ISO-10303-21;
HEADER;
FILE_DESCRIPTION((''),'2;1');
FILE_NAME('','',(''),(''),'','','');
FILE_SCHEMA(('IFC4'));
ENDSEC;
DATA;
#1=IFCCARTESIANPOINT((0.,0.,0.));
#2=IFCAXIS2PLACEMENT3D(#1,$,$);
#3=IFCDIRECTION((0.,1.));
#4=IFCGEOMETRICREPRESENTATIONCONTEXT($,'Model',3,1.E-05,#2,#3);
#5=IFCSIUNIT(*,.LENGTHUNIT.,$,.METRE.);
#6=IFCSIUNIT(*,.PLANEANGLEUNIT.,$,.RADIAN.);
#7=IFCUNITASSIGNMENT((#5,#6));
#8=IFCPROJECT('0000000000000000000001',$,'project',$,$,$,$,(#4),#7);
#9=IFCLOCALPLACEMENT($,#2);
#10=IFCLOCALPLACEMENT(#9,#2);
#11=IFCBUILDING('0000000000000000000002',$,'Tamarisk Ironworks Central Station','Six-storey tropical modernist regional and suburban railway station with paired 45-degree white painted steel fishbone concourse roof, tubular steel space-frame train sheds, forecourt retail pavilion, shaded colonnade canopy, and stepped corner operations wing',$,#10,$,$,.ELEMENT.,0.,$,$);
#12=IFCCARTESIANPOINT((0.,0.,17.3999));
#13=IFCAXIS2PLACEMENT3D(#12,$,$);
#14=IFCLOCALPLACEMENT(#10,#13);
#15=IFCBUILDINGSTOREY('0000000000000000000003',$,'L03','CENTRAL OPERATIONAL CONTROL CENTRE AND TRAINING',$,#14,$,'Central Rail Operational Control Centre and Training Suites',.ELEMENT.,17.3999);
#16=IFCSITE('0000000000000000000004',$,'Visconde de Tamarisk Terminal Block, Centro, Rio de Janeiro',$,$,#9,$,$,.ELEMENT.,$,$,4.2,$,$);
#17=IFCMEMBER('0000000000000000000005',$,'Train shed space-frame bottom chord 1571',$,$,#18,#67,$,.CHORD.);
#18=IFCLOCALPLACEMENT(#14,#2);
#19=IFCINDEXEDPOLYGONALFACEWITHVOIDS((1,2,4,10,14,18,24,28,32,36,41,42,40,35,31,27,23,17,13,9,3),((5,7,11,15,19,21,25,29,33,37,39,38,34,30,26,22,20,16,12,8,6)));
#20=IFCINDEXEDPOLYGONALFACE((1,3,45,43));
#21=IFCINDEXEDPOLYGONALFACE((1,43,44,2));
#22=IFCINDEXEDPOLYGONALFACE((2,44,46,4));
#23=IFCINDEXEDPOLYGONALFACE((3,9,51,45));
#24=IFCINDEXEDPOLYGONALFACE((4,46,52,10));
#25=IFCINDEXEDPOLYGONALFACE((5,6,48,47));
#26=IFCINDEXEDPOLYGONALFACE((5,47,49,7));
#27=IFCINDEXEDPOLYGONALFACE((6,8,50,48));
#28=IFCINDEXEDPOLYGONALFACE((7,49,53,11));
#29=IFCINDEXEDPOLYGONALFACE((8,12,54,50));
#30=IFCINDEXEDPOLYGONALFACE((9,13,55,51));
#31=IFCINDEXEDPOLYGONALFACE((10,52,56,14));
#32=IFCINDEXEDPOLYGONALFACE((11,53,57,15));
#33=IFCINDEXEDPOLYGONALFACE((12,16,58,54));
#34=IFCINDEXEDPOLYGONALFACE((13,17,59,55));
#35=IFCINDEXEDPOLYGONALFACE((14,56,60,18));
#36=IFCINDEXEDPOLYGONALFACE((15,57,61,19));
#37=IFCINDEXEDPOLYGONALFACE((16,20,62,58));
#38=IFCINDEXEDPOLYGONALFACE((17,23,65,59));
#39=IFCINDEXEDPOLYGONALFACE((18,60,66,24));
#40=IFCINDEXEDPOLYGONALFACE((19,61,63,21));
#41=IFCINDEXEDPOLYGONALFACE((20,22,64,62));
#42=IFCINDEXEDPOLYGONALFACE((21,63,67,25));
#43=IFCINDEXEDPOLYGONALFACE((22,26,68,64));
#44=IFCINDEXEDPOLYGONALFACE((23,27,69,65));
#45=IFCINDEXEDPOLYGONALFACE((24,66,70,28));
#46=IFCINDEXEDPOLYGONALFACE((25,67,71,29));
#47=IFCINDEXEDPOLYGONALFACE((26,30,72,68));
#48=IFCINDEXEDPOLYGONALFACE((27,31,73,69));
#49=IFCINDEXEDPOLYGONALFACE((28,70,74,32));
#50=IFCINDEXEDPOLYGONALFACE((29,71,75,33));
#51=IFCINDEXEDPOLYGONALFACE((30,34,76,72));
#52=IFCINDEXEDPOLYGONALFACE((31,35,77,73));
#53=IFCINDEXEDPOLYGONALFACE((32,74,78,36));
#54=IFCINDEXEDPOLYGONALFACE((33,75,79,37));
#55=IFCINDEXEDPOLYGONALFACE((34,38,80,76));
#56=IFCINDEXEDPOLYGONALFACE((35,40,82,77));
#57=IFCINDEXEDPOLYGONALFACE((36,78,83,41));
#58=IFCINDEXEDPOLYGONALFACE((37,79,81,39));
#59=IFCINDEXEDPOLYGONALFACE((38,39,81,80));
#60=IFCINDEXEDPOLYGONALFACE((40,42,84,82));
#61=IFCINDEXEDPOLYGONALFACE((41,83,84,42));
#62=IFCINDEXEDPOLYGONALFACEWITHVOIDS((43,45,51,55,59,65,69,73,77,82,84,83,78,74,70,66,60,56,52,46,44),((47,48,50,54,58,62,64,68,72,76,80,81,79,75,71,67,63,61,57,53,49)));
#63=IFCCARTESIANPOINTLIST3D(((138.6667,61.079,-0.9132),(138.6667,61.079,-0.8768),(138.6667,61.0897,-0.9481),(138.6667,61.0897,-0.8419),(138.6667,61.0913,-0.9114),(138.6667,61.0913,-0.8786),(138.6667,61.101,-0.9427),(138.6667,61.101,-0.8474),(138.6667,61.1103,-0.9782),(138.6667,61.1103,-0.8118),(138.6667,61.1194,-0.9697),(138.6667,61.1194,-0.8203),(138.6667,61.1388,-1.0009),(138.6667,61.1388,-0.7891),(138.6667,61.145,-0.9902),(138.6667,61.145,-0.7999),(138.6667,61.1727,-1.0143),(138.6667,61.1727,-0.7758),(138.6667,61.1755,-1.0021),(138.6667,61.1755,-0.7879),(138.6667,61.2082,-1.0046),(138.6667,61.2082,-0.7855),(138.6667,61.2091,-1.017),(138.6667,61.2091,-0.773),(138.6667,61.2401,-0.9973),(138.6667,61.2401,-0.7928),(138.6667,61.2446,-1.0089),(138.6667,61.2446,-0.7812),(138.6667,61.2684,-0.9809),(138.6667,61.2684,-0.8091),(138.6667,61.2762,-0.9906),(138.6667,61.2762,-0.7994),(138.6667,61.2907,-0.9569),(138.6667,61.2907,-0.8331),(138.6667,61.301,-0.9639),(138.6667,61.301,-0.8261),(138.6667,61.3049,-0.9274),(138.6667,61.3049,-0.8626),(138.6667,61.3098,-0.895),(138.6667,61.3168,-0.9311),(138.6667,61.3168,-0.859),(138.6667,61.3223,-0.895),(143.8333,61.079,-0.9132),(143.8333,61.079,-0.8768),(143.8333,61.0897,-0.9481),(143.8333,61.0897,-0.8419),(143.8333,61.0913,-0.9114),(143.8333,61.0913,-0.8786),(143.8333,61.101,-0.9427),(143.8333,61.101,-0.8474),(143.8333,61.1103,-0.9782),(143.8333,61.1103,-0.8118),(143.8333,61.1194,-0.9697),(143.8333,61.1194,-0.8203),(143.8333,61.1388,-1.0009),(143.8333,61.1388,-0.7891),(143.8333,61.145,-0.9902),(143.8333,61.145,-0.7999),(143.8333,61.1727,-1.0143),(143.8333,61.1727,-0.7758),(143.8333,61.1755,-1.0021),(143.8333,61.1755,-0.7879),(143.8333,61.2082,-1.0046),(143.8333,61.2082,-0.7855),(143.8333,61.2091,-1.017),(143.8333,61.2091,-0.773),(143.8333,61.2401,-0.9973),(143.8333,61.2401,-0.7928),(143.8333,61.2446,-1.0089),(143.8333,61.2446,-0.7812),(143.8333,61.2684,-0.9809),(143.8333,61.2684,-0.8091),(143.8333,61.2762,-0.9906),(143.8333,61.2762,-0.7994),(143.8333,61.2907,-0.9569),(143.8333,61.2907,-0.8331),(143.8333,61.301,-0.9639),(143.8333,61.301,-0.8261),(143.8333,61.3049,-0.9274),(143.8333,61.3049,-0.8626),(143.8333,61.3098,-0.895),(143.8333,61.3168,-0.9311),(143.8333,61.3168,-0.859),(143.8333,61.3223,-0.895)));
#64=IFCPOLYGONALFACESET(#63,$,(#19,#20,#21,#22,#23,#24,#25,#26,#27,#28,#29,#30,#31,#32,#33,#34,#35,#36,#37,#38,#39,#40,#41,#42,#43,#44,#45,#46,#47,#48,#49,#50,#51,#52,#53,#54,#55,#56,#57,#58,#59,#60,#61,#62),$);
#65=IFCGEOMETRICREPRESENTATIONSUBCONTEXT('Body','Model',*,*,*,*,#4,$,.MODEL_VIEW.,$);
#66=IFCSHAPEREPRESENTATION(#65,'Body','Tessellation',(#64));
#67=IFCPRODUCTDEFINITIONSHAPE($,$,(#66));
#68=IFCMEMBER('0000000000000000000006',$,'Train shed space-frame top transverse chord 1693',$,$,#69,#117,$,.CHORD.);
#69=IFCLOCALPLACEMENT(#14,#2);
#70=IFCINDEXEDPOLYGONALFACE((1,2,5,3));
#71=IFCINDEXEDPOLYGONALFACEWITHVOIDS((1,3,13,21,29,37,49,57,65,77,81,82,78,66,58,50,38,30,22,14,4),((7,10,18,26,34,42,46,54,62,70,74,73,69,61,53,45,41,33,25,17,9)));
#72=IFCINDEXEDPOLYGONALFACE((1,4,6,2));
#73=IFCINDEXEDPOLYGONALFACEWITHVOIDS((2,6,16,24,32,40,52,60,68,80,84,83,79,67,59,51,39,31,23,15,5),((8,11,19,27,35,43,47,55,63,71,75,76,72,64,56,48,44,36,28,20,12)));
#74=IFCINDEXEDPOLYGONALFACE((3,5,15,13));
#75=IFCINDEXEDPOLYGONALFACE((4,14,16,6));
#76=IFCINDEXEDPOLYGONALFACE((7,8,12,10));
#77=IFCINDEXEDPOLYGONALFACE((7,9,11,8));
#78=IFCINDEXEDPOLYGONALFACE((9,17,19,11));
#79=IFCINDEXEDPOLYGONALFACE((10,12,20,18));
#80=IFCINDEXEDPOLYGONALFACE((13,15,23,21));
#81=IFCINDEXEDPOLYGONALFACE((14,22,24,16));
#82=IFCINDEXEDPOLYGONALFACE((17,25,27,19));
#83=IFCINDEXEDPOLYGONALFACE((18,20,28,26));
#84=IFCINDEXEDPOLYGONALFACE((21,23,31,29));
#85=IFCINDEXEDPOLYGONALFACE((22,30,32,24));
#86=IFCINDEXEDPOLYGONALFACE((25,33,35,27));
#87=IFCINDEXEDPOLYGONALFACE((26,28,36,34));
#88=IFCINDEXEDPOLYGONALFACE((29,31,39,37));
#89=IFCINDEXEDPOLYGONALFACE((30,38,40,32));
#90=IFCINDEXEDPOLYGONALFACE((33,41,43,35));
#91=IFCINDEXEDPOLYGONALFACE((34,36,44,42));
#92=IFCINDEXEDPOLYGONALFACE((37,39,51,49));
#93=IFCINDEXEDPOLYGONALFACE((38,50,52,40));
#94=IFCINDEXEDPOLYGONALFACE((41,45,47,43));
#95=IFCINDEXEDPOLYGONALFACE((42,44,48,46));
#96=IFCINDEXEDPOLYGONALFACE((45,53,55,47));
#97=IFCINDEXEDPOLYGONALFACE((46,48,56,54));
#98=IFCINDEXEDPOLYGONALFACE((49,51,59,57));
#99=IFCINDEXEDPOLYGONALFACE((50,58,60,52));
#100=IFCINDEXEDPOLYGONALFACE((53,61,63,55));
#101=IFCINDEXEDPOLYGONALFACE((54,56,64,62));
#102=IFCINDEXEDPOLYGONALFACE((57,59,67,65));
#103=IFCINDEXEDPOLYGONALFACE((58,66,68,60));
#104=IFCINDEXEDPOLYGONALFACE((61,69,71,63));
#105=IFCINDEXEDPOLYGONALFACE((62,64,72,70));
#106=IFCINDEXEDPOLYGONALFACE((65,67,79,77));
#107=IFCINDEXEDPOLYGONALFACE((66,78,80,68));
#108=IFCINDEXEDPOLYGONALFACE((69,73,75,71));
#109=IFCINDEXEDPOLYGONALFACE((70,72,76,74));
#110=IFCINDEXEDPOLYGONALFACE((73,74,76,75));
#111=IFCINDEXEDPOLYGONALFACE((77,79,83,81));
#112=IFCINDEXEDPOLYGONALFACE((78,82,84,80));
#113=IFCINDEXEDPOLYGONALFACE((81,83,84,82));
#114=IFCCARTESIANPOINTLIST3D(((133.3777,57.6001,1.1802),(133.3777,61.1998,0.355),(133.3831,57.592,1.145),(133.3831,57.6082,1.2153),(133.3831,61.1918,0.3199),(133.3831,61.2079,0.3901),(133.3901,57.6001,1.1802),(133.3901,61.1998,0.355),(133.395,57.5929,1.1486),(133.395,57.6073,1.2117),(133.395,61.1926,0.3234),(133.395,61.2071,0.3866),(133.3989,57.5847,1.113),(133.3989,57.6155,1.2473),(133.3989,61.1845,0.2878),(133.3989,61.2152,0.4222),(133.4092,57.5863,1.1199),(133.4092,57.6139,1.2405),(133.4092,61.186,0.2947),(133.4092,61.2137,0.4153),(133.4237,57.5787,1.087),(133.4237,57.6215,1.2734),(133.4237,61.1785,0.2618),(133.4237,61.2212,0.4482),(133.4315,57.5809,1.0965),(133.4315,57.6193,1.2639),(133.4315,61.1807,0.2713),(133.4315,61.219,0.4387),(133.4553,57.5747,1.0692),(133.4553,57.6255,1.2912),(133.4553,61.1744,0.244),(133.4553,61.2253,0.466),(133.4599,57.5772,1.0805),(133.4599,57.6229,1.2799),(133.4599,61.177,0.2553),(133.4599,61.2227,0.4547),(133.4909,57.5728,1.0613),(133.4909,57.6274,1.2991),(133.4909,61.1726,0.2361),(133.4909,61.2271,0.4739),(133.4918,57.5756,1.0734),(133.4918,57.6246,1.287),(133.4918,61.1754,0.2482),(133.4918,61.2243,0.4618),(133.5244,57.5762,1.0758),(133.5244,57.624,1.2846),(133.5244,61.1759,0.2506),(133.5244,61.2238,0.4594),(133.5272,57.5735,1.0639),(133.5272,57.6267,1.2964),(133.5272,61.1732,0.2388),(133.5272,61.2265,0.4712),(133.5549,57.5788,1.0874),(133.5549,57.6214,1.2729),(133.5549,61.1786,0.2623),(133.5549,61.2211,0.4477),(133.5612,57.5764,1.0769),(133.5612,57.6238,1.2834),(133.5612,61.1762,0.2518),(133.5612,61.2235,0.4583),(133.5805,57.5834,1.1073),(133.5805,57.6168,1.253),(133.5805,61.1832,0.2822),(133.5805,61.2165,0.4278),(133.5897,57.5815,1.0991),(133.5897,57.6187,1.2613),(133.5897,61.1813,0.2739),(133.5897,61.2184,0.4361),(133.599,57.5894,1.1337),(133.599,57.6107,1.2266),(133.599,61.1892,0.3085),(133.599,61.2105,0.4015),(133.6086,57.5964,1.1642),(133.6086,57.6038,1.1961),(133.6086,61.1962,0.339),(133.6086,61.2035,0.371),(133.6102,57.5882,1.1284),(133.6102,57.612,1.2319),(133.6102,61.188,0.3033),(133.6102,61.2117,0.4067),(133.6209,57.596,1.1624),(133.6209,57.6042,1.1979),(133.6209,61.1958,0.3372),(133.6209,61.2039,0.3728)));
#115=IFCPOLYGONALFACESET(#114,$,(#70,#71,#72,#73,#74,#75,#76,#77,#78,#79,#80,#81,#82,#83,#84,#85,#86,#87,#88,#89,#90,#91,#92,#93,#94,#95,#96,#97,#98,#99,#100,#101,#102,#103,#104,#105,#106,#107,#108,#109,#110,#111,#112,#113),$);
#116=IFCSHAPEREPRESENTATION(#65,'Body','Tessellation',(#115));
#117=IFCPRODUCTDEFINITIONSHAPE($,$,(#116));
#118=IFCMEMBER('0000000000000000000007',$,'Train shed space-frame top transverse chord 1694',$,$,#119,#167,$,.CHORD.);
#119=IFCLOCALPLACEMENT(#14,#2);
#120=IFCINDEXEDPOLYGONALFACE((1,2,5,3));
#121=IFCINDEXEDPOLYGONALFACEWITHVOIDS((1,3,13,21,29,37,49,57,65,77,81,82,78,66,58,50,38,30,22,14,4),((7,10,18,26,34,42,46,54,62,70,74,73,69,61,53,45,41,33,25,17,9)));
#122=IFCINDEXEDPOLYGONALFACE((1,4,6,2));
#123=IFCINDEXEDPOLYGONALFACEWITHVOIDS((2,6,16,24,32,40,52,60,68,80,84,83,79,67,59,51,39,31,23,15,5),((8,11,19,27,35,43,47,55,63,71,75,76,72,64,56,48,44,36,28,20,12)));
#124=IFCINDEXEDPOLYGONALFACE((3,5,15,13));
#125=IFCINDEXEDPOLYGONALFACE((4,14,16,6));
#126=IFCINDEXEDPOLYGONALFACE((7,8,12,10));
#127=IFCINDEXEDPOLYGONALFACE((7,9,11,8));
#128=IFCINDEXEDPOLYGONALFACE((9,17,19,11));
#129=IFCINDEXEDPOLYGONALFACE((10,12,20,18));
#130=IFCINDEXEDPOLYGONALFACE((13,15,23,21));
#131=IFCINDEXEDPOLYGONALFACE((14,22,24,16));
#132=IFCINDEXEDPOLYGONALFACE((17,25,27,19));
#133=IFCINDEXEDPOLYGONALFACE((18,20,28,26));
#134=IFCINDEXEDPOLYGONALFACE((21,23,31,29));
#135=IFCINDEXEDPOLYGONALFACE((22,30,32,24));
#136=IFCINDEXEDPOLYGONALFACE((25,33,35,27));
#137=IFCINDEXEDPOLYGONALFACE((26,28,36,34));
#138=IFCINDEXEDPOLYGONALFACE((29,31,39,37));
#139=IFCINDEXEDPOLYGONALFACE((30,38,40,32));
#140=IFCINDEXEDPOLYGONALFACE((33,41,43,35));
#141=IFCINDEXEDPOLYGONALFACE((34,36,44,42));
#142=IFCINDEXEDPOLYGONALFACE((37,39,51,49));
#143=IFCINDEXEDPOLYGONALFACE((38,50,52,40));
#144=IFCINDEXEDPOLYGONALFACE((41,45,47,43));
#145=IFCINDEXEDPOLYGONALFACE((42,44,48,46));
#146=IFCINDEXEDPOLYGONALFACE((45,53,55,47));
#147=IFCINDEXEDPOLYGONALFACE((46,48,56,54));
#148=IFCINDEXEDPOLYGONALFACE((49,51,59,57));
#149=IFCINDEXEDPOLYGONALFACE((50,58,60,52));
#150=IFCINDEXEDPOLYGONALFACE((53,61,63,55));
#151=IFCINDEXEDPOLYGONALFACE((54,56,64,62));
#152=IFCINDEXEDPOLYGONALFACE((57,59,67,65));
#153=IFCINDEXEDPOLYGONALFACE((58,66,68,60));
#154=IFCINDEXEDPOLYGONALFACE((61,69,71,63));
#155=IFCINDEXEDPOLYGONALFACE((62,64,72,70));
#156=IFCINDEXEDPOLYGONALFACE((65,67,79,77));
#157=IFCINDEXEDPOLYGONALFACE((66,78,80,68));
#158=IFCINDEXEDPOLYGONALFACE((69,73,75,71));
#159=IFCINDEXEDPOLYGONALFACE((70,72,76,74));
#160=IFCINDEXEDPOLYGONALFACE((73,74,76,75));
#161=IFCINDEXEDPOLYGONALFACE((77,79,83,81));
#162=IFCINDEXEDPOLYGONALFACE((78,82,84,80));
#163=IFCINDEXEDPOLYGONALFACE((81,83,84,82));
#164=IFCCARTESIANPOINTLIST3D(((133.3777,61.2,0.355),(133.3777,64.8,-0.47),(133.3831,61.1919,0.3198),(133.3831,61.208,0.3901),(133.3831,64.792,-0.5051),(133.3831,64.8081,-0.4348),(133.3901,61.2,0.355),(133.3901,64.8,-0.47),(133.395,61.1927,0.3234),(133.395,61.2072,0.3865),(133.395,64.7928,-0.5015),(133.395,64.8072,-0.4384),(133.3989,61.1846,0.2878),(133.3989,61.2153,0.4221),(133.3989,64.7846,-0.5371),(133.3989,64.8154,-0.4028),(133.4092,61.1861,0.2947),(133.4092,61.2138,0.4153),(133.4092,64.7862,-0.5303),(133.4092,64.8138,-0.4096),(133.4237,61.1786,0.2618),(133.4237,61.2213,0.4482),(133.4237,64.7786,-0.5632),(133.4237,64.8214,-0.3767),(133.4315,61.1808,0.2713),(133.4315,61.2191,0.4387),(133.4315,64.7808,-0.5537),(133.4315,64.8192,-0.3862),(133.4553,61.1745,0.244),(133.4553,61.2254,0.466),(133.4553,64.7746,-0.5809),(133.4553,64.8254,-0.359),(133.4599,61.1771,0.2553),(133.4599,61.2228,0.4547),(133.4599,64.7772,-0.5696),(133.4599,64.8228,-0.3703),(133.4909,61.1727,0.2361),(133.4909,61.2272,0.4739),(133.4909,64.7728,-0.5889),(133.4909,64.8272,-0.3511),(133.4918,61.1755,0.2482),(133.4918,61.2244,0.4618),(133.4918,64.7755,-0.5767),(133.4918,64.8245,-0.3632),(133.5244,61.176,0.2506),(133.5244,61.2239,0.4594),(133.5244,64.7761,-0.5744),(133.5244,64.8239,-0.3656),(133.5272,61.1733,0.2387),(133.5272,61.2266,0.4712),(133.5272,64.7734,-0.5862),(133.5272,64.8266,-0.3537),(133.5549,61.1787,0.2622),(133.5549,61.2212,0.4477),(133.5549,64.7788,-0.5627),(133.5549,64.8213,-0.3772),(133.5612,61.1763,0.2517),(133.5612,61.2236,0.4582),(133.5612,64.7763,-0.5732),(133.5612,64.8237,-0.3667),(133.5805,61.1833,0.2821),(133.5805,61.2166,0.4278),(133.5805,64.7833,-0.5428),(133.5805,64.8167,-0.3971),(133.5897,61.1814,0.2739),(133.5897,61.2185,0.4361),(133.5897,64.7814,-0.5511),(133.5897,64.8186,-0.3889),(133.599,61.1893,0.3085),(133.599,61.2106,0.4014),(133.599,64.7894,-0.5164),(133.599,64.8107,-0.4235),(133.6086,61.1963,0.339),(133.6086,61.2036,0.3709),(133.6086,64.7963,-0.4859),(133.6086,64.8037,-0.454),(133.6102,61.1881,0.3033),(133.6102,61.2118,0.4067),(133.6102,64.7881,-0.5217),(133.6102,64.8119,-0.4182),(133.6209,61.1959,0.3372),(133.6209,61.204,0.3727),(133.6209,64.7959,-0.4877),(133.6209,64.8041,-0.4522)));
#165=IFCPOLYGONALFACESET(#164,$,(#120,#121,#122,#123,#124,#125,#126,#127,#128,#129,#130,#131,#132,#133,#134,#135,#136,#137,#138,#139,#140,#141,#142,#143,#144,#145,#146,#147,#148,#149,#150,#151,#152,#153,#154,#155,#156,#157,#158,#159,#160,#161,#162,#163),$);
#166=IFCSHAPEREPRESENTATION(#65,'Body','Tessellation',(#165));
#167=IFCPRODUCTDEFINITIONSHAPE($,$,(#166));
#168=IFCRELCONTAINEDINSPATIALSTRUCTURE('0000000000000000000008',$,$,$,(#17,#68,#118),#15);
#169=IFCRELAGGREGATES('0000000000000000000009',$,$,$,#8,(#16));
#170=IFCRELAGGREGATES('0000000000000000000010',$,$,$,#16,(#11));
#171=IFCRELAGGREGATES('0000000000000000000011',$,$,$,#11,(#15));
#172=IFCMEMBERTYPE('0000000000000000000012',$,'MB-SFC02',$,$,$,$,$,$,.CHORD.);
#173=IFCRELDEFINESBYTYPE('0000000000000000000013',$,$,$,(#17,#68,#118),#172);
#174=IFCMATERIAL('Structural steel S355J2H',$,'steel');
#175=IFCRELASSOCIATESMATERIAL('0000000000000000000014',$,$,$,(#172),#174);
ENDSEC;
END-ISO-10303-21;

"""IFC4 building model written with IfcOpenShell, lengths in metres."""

from ifc_helpers import new_model, si_unit, direction, frame, origin, origin_2d, place, context, subcontext, project, spatial, hollow_circle, extrude, material, material_profile, profile_set, type_object, element, save


model = new_model("IFC4")

# Units and contexts
model_context = context("Model", 3, precision=1e-05, world=origin(), true_north=direction((0.0, 1.0)))
body_context = subcontext(model_context, "Body", "Model", "MODEL_VIEW")
ifc_project = project(units=[si_unit("LENGTHUNIT", "METRE"), si_unit("PLANEANGLEUNIT", "RADIAN")], contexts=[model_context])

# Site, building, storey
site_placement = place(None, origin())
site = spatial("IfcSite", under=ifc_project, at=site_placement, Name="Visconde de Tamarisk Terminal Block, Centro, Rio de Janeiro", CompositionType="ELEMENT", RefElevation=4.2)
building_placement = place(site_placement, origin())
building = spatial("IfcBuilding", under=site, at=building_placement, Name="Tamarisk Ironworks Central Station", Description="Six-storey tropical modernist regional and suburban railway station with paired 45-degree white painted steel fishbone concourse roof, tubular steel space-frame train sheds, forecourt retail pavilion, shaded colonnade canopy, and stepped corner operations wing", CompositionType="ELEMENT", ElevationOfRefHeight=0.0)
storey_placement = place(building_placement, frame((0.0, 0.0, 17.3999)))
storey = spatial("IfcBuildingStorey", under=building, at=storey_placement, Name="L03", Description="CENTRAL OPERATIONAL CONTROL CENTRE AND TRAINING", LongName="Central Rail Operational Control Centre and Training Suites", CompositionType="ELEMENT", Elevation=17.3999)

# Members
ifc_material = material(Name="Structural steel S355J2H", Category="steel")
ifc_material_profile_1 = material_profile(ifc_material, hollow_circle(Radius=0.1223, WallThickness=0.0125, at=origin_2d()), Name="CHS 244.5x12.5")
ifc_profile_set_1 = profile_set([ifc_material_profile_1], Name="Structural steel S355J2H")
member_type_1 = type_object("IfcMemberType", Name="MB-SFC02", PredefinedType="CHORD", material=ifc_profile_set_1)
member_1_placement = place(storey_placement, frame((138.6667, 61.2, -0.895), z_axis=(1.0, 0.0, 0.0), x_axis=(0.0, 1.0, 0.0)))
element("IfcMember", 1, at=member_1_placement, inside=storey, type_object=member_type_1, Name="Train shed space-frame bottom chord 1571", PredefinedType="CHORD", context=body_context, shape_type="SweptSolid", body=[
    extrude(hollow_circle(Radius=0.1223, WallThickness=0.0125, at=origin_2d()), origin(), (0.0, 0.0, 1.0), 5.1665),
])
member_2_placement = place(storey_placement, frame((133.5, 57.6001, 1.1802), z_axis=(0.0, 0.974719, -0.223435), x_axis=(-1.0, 0.0, 0.0)))
element("IfcMember", 2, at=member_2_placement, inside=storey, type_object=member_type_1, Name="Train shed space-frame top transverse chord 1693", PredefinedType="CHORD", context=body_context, shape_type="SweptSolid", body=[
    extrude(hollow_circle(Radius=0.1223, WallThickness=0.0125, at=origin_2d()), origin(), (0.0, 0.0, 1.0), 3.6931),
])
member_3_placement = place(storey_placement, frame((133.5, 61.2, 0.355), z_axis=(0.0, 0.974737, -0.223358), x_axis=(-1.0, 0.0, 0.0)))
element("IfcMember", 3, at=member_3_placement, inside=storey, type_object=member_type_1, Name="Train shed space-frame top transverse chord 1694", PredefinedType="CHORD", context=body_context, shape_type="SweptSolid", body=[
    extrude(hollow_circle(Radius=0.1223, WallThickness=0.0125, at=origin_2d()), origin(), (0.0, 0.0, 1.0), 3.6934),
])

save(model, "model.ifc")
